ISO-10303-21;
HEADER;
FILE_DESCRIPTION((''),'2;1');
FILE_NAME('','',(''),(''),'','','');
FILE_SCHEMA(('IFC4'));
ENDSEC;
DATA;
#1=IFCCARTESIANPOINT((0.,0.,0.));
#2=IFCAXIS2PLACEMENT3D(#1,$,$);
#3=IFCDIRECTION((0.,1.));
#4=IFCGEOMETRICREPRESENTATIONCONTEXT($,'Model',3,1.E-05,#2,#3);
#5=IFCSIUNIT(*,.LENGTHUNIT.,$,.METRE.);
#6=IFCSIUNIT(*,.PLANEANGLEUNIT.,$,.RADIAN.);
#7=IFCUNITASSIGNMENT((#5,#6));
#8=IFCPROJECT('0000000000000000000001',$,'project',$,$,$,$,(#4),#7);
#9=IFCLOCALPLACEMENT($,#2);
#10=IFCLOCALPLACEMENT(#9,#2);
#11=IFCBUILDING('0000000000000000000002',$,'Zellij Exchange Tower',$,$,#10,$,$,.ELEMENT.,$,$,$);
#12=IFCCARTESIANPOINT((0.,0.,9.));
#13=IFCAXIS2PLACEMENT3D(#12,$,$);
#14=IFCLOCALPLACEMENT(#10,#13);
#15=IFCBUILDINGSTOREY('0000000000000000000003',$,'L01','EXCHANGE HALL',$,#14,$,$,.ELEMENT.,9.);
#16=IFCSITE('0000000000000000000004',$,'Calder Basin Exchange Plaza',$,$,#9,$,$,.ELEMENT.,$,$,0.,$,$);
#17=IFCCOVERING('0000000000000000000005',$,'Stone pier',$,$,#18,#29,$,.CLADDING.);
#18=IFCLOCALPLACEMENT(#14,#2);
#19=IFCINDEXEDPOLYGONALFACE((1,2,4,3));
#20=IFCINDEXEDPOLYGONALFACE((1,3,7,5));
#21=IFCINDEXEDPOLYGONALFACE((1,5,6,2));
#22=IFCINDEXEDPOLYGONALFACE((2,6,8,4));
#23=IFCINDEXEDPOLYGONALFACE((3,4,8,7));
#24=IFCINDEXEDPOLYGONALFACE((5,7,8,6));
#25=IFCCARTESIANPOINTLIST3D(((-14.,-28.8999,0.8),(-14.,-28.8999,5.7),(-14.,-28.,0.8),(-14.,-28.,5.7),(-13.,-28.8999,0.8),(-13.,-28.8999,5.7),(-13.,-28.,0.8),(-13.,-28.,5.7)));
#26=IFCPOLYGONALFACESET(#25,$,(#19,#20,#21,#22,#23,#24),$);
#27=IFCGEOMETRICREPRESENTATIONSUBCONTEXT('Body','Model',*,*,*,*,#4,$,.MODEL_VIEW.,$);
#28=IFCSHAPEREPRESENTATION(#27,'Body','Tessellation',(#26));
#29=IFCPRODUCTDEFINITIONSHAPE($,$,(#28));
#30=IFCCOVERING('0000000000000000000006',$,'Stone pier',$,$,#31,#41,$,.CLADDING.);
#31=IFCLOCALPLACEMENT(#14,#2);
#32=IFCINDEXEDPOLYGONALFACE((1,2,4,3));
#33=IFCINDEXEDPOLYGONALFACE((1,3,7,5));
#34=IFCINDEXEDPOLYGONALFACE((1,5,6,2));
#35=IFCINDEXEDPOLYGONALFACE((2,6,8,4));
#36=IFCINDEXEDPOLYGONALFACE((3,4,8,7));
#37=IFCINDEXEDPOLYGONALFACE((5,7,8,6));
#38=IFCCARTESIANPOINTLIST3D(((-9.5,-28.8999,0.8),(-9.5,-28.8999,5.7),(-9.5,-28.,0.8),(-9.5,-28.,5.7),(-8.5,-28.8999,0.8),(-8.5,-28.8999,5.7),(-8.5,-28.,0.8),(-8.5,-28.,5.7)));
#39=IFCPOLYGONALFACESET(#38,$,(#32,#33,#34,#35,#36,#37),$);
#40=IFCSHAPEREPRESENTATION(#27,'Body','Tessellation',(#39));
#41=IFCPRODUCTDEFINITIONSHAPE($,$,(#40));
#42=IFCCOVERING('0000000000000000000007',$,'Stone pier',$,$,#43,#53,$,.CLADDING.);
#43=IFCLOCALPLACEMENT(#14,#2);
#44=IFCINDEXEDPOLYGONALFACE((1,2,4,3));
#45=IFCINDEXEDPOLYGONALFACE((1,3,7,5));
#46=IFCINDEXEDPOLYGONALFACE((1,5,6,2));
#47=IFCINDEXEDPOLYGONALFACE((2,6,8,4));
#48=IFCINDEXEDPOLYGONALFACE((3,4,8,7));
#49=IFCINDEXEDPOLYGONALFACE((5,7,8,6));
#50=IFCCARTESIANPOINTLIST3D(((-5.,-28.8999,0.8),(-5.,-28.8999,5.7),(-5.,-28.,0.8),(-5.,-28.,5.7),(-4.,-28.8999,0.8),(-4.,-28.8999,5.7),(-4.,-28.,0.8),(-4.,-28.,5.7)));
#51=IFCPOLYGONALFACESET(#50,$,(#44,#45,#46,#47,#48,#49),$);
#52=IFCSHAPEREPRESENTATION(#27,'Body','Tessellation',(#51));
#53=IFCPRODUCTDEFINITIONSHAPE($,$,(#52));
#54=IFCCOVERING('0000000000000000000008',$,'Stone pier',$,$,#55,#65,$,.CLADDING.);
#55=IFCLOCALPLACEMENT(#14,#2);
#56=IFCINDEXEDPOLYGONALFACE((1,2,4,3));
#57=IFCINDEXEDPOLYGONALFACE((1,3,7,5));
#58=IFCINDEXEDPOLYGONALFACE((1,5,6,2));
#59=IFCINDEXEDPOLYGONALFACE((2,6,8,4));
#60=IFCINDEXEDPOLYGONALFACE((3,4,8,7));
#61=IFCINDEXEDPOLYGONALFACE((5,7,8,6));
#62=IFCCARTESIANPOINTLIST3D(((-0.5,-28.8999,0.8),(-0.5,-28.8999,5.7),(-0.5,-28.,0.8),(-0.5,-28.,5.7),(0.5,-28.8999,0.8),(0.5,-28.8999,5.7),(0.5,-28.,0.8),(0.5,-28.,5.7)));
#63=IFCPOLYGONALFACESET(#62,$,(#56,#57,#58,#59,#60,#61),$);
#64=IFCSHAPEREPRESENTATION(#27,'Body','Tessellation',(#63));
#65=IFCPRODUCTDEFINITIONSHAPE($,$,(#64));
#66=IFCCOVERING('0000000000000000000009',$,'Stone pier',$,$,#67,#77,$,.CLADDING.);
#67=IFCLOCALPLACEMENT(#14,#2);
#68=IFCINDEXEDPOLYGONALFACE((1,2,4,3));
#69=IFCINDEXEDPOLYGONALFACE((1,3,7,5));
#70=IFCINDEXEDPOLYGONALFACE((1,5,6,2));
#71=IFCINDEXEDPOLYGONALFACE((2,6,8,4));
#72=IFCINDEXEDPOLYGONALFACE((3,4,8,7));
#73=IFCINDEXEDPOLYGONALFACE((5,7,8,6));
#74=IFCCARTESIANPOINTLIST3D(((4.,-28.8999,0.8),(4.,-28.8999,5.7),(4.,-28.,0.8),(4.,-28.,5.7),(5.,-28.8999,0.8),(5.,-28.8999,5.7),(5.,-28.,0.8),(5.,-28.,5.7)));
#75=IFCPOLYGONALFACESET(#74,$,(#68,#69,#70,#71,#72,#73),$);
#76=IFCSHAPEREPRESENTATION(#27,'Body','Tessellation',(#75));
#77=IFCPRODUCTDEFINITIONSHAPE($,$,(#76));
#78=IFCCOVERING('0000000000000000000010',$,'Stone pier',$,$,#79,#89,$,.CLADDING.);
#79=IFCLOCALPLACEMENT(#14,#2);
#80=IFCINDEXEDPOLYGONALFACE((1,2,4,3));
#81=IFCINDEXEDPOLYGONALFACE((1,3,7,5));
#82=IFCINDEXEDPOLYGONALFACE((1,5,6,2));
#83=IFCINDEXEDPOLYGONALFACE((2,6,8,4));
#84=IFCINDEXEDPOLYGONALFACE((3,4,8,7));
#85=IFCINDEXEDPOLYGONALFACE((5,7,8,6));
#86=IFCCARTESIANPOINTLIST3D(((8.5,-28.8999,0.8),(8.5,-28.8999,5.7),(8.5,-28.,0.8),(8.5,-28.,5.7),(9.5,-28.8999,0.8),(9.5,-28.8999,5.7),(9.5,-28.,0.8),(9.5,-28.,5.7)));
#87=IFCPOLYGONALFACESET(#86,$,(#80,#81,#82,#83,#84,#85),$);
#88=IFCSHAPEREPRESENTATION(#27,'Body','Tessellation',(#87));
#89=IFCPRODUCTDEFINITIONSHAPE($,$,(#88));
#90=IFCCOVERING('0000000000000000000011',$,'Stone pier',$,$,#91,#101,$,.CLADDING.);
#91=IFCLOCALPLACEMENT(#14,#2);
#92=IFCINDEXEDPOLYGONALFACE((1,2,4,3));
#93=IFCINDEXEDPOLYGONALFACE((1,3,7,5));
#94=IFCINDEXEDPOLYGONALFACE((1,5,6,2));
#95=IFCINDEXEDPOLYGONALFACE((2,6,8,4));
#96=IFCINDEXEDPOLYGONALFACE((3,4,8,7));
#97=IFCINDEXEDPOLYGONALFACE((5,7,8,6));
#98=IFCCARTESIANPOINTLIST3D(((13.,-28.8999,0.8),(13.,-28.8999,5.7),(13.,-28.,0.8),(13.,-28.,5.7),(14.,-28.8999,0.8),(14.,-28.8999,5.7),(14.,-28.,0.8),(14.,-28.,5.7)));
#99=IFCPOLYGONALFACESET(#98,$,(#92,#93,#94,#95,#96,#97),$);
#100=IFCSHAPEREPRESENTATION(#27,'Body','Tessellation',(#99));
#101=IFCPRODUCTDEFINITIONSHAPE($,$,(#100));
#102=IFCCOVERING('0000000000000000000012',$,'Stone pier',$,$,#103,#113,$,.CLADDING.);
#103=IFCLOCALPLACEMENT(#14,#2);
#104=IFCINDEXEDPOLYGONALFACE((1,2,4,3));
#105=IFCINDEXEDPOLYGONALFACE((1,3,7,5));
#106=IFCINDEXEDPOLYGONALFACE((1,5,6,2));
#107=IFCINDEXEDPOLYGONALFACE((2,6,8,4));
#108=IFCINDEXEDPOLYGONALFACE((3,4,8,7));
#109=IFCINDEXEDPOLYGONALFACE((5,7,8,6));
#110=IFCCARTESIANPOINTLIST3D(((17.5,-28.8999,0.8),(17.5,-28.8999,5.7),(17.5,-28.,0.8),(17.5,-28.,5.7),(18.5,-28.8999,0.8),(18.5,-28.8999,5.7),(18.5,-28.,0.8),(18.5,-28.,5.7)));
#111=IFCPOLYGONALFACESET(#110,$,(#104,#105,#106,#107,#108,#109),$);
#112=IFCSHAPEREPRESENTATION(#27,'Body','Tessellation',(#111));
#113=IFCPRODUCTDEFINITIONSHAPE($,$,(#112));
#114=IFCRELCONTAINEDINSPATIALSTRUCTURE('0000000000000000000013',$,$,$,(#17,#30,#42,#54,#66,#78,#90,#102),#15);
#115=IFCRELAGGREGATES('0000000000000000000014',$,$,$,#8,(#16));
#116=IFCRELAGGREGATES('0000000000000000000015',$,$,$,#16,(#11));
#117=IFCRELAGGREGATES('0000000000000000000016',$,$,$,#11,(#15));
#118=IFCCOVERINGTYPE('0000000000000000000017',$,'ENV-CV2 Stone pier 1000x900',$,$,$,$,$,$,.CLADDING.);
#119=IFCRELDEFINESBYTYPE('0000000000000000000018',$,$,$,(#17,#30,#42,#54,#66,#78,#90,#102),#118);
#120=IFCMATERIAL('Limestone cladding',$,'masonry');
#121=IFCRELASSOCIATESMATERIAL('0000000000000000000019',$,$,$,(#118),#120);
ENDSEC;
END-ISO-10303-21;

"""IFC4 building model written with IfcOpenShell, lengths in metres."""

from ifc_helpers import new_model, si_unit, direction, frame, origin, place, context, subcontext, project, spatial, polyline, outline, extrude, material, type_object, element, save


model = new_model("IFC4")

# Units and contexts
model_context = context("Model", 3, precision=1e-05, world=origin(), true_north=direction((0.0, 1.0)))
body_context = subcontext(model_context, "Body", "Model", "MODEL_VIEW")
ifc_project = project(units=[si_unit("LENGTHUNIT", "METRE"), si_unit("PLANEANGLEUNIT", "RADIAN")], contexts=[model_context])

# Site, building, storey
site_placement = place(None, origin())
site = spatial("IfcSite", under=ifc_project, at=site_placement, Name="Calder Basin Exchange Plaza", CompositionType="ELEMENT", RefElevation=0.0)
building_placement = place(site_placement, origin())
building = spatial("IfcBuilding", under=site, at=building_placement, Name="Zellij Exchange Tower", CompositionType="ELEMENT")
storey_placement = place(building_placement, frame((0.0, 0.0, 9.0)))
storey = spatial("IfcBuildingStorey", under=building, at=storey_placement, Name="L01", Description="EXCHANGE HALL", CompositionType="ELEMENT", Elevation=9.0)

# Coverings
ifc_material_1 = material(Name="Limestone cladding", Category="masonry")
covering_type_1 = type_object("IfcCoveringType", Name="ENV-CV2 Stone pier 1000x900", PredefinedType="CLADDING", material=ifc_material_1)
covering_1_placement = place(storey_placement, frame((0.0, 0.0, 0.8)))
element("IfcCovering", 1, at=covering_1_placement, inside=storey, type_object=covering_type_1, Name="Stone pier", PredefinedType="CLADDING", context=body_context, shape_type="SweptSolid", body=[
    extrude(outline(polyline([(-14.0, -28.0), (-13.0, -28.0), (-13.0, -28.8999), (-14.0, -28.8999), (-14.0, -28.0)])), origin(), (0.0, 0.0, 1.0), 4.8999),
])
covering_2_placement = place(storey_placement, frame((0.0, 0.0, 0.8)))
element("IfcCovering", 2, at=covering_2_placement, inside=storey, type_object=covering_type_1, Name="Stone pier", PredefinedType="CLADDING", context=body_context, shape_type="SweptSolid", body=[
    extrude(outline(polyline([(-9.5, -28.0), (-8.5, -28.0), (-8.5, -28.8999), (-9.5, -28.8999), (-9.5, -28.0)])), origin(), (0.0, 0.0, 1.0), 4.8999),
])
covering_3_placement = place(storey_placement, frame((0.0, 0.0, 0.8)))
element("IfcCovering", 3, at=covering_3_placement, inside=storey, type_object=covering_type_1, Name="Stone pier", PredefinedType="CLADDING", context=body_context, shape_type="SweptSolid", body=[
    extrude(outline(polyline([(-5.0, -28.0), (-4.0, -28.0), (-4.0, -28.8999), (-5.0, -28.8999), (-5.0, -28.0)])), origin(), (0.0, 0.0, 1.0), 4.8999),
])
covering_4_placement = place(storey_placement, frame((0.0, 0.0, 0.8)))
element("IfcCovering", 4, at=covering_4_placement, inside=storey, type_object=covering_type_1, Name="Stone pier", PredefinedType="CLADDING", context=body_context, shape_type="SweptSolid", body=[
    extrude(outline(polyline([(-0.5, -28.0), (0.5, -28.0), (0.5, -28.8999), (-0.5, -28.8999), (-0.5, -28.0)])), origin(), (0.0, 0.0, 1.0), 4.8999),
])
covering_5_placement = place(storey_placement, frame((0.0, 0.0, 0.8)))
element("IfcCovering", 5, at=covering_5_placement, inside=storey, type_object=covering_type_1, Name="Stone pier", PredefinedType="CLADDING", context=body_context, shape_type="SweptSolid", body=[
    extrude(outline(polyline([(4.0, -28.0), (5.0, -28.0), (5.0, -28.8999), (4.0, -28.8999), (4.0, -28.0)])), origin(), (0.0, 0.0, 1.0), 4.8999),
])
covering_6_placement = place(storey_placement, frame((0.0, 0.0, 0.8)))
element("IfcCovering", 6, at=covering_6_placement, inside=storey, type_object=covering_type_1, Name="Stone pier", PredefinedType="CLADDING", context=body_context, shape_type="SweptSolid", body=[
    extrude(outline(polyline([(8.5, -28.0), (9.5, -28.0), (9.5, -28.8999), (8.5, -28.8999), (8.5, -28.0)])), origin(), (0.0, 0.0, 1.0), 4.8999),
])
covering_7_placement = place(storey_placement, frame((0.0, 0.0, 0.8)))
element("IfcCovering", 7, at=covering_7_placement, inside=storey, type_object=covering_type_1, Name="Stone pier", PredefinedType="CLADDING", context=body_context, shape_type="SweptSolid", body=[
    extrude(outline(polyline([(13.0, -28.0), (14.0, -28.0), (14.0, -28.8999), (13.0, -28.8999), (13.0, -28.0)])), origin(), (0.0, 0.0, 1.0), 4.8999),
])
covering_8_placement = place(storey_placement, frame((0.0, 0.0, 0.8)))
element("IfcCovering", 8, at=covering_8_placement, inside=storey, type_object=covering_type_1, Name="Stone pier", PredefinedType="CLADDING", context=body_context, shape_type="SweptSolid", body=[
    extrude(outline(polyline([(17.5, -28.0), (18.5, -28.0), (18.5, -28.8999), (17.5, -28.8999), (17.5, -28.0)])), origin(), (0.0, 0.0, 1.0), 4.8999),
])

save(model, "model.ifc")
